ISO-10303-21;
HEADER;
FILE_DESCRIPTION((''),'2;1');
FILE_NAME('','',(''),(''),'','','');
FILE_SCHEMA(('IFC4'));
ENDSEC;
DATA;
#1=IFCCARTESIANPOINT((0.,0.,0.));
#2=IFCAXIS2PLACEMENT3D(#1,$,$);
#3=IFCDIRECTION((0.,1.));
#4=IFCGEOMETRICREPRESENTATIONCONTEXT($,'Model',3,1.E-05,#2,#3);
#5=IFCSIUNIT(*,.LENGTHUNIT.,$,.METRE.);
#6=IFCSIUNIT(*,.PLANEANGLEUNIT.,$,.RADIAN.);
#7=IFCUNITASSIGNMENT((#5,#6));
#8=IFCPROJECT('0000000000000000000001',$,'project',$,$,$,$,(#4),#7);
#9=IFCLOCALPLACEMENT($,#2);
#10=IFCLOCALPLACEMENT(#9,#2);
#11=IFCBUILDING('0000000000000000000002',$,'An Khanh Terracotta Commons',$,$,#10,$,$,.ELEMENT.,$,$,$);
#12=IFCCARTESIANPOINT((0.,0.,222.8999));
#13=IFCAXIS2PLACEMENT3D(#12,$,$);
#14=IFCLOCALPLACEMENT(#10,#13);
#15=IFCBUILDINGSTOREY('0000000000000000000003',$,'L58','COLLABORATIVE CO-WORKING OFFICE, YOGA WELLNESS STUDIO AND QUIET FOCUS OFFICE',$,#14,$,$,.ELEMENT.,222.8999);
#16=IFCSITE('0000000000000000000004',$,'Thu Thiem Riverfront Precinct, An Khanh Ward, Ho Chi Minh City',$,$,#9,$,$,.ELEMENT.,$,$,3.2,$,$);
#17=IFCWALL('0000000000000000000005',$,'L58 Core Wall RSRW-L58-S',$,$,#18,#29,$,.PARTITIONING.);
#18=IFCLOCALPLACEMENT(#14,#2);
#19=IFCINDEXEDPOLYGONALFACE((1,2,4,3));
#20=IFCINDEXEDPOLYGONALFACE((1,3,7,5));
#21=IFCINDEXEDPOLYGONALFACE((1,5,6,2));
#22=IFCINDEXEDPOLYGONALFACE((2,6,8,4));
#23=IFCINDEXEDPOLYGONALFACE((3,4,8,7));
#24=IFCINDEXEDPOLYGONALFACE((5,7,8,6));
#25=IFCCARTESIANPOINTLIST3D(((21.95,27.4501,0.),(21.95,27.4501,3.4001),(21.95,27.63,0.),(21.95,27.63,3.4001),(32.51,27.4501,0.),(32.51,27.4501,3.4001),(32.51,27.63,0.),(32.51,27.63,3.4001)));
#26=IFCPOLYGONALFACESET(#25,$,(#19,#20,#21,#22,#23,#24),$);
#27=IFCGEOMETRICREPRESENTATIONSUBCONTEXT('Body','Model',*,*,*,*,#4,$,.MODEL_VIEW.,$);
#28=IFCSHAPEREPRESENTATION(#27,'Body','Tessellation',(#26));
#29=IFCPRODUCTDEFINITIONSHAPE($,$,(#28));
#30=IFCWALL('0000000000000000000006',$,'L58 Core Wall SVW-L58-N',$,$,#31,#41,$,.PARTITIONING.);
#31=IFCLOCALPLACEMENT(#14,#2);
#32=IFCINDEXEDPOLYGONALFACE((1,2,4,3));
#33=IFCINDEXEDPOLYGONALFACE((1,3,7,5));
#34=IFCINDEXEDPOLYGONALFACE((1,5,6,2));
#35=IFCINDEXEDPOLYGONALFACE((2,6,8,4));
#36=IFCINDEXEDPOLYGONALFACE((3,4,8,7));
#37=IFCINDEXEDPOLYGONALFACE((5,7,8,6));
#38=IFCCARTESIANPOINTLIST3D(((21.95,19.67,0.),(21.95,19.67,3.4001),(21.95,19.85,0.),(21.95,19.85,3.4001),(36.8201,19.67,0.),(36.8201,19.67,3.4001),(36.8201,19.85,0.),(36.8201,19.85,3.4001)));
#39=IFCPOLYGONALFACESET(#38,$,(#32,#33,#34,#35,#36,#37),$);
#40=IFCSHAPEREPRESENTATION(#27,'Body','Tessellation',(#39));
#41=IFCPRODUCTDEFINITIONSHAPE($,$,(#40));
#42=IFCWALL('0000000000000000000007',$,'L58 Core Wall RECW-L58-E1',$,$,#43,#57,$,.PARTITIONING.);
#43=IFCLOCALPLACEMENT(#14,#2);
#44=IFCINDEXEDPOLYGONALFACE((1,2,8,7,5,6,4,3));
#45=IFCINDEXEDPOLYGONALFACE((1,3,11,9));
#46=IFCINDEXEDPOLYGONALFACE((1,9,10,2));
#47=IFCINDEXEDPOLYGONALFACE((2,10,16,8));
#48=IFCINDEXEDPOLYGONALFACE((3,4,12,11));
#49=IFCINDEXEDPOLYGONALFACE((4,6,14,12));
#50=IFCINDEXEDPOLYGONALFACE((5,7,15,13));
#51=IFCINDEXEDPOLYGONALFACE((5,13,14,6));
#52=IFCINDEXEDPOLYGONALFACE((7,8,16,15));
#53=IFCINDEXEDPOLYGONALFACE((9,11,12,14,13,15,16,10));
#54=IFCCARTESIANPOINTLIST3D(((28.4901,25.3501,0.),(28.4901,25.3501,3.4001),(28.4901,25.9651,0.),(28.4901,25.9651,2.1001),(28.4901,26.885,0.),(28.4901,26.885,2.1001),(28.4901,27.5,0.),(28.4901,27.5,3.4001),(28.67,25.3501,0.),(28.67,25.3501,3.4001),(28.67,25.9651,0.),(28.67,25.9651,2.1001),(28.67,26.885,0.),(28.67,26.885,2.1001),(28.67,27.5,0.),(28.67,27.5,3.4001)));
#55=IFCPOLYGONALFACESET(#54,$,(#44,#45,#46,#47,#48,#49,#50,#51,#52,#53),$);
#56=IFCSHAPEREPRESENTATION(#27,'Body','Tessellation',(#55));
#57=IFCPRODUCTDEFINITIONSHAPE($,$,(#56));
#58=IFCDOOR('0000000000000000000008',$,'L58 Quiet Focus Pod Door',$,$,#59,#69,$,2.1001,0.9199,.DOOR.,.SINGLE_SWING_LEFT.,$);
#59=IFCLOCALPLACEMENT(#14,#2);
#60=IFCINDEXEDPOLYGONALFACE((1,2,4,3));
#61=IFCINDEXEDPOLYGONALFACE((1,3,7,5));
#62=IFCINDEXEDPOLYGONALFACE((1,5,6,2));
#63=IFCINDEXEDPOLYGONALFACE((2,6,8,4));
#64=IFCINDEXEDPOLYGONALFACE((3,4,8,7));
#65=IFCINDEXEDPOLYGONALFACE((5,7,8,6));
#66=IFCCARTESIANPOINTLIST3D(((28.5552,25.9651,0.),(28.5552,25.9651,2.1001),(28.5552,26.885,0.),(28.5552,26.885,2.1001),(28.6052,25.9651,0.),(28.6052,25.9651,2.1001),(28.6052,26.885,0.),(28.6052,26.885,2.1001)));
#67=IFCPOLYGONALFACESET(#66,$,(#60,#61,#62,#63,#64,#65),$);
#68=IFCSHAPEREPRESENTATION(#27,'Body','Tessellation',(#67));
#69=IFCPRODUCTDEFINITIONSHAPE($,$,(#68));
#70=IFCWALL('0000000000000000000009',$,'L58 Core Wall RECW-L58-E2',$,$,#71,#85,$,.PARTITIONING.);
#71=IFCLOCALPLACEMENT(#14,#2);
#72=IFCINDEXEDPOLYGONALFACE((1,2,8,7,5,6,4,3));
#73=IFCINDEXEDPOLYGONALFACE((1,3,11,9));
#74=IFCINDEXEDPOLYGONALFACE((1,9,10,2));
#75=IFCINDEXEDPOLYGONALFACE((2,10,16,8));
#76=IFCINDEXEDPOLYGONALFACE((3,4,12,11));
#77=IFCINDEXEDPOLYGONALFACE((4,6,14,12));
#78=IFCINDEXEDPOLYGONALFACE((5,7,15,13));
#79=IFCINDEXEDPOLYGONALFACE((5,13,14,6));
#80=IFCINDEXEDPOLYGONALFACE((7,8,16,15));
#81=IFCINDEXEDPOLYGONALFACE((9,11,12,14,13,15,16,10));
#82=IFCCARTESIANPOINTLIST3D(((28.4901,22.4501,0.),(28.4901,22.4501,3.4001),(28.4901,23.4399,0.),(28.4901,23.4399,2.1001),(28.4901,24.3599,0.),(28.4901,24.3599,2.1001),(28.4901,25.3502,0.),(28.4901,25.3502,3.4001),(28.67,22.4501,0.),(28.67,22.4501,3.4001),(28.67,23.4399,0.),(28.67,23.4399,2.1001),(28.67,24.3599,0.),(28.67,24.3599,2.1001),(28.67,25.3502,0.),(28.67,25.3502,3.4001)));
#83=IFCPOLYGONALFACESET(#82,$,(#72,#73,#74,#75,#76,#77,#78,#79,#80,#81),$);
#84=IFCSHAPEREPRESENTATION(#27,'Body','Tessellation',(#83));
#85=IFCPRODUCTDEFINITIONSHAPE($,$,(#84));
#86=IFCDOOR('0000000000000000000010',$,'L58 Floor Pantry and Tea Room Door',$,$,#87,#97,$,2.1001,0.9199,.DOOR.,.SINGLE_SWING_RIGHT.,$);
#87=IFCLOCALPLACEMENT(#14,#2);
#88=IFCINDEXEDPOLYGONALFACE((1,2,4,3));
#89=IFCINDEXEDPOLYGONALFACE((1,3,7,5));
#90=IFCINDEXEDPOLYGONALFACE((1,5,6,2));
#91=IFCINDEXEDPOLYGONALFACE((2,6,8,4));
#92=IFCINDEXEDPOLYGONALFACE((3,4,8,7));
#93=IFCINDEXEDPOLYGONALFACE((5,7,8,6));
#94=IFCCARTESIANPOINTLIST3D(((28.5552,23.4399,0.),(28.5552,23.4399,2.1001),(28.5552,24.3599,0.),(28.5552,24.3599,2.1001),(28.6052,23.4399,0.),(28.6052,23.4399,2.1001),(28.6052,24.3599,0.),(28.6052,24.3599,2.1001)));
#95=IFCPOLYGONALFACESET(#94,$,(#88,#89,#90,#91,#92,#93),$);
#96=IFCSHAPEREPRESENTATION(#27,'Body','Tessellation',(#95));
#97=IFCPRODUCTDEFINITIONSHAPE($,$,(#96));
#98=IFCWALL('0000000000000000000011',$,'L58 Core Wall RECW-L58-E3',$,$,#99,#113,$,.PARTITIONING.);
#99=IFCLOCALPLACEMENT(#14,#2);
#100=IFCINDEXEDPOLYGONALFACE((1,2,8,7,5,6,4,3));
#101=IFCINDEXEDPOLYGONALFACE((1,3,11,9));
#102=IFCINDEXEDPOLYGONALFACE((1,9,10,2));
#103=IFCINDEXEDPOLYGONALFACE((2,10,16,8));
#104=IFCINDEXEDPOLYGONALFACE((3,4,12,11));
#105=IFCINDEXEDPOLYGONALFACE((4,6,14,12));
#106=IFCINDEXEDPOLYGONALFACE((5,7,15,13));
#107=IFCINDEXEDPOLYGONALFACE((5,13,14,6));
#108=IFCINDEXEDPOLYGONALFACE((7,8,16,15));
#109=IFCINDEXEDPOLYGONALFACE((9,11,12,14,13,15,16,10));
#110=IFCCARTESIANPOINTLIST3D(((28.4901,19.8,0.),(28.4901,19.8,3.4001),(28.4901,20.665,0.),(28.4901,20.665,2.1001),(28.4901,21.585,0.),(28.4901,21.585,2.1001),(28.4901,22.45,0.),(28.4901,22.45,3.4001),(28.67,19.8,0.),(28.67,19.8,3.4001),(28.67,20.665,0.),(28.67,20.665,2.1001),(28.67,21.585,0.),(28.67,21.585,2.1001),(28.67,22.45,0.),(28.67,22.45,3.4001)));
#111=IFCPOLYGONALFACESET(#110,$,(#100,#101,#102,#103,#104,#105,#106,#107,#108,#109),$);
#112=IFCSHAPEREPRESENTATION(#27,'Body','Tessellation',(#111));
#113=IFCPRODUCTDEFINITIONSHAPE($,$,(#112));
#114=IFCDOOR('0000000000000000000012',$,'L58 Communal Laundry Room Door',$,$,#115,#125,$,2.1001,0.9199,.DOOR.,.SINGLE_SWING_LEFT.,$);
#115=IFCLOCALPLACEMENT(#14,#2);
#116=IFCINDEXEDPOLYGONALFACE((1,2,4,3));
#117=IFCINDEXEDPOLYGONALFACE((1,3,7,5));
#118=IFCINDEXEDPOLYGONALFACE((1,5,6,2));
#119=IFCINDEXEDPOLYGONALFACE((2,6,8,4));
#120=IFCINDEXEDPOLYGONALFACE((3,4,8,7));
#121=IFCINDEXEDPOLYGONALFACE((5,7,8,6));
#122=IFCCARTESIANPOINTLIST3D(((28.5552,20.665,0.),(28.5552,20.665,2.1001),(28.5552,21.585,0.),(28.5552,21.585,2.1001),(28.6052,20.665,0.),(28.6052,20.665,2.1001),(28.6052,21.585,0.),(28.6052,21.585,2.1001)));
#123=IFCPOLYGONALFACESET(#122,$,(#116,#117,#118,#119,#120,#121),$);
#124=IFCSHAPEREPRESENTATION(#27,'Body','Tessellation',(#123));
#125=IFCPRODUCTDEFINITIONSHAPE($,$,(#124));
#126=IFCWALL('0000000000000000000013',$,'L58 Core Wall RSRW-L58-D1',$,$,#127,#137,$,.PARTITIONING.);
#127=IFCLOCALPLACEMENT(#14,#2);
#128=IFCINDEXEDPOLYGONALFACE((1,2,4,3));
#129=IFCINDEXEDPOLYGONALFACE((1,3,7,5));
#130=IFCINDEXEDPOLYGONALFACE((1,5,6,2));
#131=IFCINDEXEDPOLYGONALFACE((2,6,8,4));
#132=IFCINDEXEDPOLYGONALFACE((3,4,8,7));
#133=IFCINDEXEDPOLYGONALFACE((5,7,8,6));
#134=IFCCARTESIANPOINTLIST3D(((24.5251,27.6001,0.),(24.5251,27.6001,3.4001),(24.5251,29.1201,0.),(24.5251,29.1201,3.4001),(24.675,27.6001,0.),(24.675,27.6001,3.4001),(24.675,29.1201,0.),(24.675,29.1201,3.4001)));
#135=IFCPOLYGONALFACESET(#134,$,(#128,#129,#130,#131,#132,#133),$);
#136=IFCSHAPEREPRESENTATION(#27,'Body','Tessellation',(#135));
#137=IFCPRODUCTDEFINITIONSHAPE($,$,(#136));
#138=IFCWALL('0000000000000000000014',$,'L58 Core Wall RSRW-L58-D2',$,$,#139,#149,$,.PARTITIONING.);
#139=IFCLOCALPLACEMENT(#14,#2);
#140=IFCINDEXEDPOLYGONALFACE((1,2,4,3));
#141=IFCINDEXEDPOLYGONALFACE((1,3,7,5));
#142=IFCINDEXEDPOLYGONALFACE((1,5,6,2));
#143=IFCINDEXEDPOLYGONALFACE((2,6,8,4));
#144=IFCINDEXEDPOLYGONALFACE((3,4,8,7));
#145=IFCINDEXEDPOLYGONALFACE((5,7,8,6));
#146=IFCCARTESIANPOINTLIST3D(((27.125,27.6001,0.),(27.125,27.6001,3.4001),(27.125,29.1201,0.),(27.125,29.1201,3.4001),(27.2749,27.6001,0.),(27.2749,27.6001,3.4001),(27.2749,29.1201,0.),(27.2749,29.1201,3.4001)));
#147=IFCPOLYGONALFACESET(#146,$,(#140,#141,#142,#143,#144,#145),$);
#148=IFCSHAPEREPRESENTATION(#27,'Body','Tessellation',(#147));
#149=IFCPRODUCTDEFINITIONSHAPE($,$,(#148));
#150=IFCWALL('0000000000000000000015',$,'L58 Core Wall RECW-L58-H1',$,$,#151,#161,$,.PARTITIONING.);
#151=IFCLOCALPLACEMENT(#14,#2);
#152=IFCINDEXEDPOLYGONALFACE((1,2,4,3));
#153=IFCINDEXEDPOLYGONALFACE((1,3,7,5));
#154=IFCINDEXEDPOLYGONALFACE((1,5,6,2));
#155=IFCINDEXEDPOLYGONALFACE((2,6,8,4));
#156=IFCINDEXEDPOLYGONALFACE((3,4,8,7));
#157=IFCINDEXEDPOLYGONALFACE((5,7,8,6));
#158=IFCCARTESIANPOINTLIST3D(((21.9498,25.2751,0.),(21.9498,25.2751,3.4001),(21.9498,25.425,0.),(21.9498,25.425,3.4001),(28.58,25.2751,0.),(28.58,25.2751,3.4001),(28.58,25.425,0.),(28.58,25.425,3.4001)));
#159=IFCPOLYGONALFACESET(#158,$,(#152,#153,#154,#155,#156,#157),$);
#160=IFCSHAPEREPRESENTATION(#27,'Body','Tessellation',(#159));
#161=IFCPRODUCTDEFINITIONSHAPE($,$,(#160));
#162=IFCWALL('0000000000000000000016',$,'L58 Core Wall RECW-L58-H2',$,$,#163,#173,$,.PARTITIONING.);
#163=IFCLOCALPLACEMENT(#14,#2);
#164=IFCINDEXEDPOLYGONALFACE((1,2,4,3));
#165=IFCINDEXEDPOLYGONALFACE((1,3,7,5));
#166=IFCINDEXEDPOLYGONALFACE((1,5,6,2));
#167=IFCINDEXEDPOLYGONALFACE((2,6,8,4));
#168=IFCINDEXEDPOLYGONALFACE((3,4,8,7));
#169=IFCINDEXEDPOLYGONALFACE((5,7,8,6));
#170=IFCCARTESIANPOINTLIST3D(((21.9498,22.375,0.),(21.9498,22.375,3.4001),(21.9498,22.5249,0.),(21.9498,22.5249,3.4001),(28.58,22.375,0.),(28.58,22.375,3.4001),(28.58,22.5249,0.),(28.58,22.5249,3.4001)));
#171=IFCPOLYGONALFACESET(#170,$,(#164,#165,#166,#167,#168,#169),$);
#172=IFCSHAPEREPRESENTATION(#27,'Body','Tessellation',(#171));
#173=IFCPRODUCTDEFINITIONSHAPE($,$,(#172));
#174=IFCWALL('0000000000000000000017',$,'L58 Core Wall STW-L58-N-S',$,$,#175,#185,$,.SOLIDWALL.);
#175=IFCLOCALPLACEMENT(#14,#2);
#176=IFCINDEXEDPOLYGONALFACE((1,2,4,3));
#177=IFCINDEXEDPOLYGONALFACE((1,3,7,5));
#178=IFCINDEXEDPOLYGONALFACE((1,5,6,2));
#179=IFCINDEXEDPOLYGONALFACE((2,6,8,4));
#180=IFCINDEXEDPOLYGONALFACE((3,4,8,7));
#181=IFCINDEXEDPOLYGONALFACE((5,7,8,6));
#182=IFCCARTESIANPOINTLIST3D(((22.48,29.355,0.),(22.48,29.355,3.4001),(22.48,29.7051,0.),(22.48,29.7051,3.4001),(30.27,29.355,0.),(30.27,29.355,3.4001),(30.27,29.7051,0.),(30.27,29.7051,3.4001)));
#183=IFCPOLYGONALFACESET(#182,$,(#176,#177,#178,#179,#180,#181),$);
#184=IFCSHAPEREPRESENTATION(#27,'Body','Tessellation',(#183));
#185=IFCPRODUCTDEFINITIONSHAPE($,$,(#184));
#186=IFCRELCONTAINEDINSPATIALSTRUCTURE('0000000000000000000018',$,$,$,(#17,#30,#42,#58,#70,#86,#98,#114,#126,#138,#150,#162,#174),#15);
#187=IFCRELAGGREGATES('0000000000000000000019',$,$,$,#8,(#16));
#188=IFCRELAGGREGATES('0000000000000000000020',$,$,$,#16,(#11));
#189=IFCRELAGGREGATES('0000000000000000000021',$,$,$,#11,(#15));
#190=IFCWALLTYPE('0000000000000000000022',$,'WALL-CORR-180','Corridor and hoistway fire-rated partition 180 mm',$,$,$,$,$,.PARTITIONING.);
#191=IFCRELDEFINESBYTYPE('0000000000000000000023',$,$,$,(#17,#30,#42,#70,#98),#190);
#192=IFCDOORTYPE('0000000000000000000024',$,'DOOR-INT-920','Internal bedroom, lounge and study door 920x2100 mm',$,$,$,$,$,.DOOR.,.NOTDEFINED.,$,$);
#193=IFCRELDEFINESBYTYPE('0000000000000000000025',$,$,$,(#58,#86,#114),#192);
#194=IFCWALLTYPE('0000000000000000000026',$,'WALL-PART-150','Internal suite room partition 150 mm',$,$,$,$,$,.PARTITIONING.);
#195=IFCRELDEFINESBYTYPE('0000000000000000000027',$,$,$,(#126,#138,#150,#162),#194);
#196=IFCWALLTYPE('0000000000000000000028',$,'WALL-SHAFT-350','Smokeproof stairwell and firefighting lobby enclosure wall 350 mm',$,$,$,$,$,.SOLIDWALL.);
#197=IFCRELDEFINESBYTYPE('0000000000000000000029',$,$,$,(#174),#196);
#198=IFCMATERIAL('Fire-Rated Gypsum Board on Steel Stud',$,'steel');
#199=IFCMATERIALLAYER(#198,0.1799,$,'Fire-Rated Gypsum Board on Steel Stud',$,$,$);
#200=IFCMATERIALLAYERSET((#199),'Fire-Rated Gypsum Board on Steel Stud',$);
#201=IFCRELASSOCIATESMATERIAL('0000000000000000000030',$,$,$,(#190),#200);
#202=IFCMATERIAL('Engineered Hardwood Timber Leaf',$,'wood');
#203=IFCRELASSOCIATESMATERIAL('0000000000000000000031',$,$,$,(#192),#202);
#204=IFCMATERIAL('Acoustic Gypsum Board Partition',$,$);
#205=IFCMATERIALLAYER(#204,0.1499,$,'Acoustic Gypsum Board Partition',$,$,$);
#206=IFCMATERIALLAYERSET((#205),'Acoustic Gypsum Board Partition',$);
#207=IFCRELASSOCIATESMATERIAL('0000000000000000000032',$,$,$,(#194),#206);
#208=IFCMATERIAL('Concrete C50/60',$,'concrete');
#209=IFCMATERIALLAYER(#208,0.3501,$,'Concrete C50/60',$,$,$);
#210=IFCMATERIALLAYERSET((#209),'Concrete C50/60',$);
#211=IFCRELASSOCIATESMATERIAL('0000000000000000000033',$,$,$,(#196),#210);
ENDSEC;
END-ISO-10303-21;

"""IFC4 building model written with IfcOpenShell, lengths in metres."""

from ifc_helpers import new_model, si_unit, direction, frame, frame_2d, origin, place, context, subcontext, project, spatial, rectangle, extrude, material, layer, layer_set, type_object, element, fill, save


model = new_model("IFC4")

# Units and contexts
model_context = context("Model", 3, precision=1e-05, world=origin(), true_north=direction((0.0, 1.0)))
body_context = subcontext(model_context, "Body", "Model", "MODEL_VIEW")
ifc_project = project(units=[si_unit("LENGTHUNIT", "METRE"), si_unit("PLANEANGLEUNIT", "RADIAN")], contexts=[model_context])

# Site, building, storey
site_placement = place(None, origin())
site = spatial("IfcSite", under=ifc_project, at=site_placement, Name="Thu Thiem Riverfront Precinct, An Khanh Ward, Ho Chi Minh City", CompositionType="ELEMENT", RefElevation=3.2)
building_placement = place(site_placement, origin())
building = spatial("IfcBuilding", under=site, at=building_placement, Name="An Khanh Terracotta Commons", CompositionType="ELEMENT")
storey_placement = place(building_placement, frame((0.0, 0.0, 222.8999)))
storey = spatial("IfcBuildingStorey", under=building, at=storey_placement, Name="L58", Description="COLLABORATIVE CO-WORKING OFFICE, YOGA WELLNESS STUDIO AND QUIET FOCUS OFFICE", CompositionType="ELEMENT", Elevation=222.8999)

# Walls
ifc_material_1 = material(Name="Fire-Rated Gypsum Board on Steel Stud", Category="steel")
ifc_layer_1 = layer(ifc_material_1, 0.1799, Name="Fire-Rated Gypsum Board on Steel Stud")
ifc_layer_set_1 = layer_set([ifc_layer_1], Name="Fire-Rated Gypsum Board on Steel Stud")
wall_type_1 = type_object("IfcWallType", Name="WALL-CORR-180", Description="Corridor and hoistway fire-rated partition 180 mm", PredefinedType="PARTITIONING", material=ifc_layer_set_1)
wall_1_placement = place(storey_placement, frame((21.95, 27.54, 0.0), z_axis=(0.0, 0.0, 1.0), x_axis=(1.0, 0.0, 0.0)))
element("IfcWall", 1, at=wall_1_placement, inside=storey, type_object=wall_type_1, Name="L58 Core Wall RSRW-L58-S", PredefinedType="PARTITIONING", context=body_context, shape_type="SweptSolid", body=[
    extrude(rectangle(XDim=10.5601, YDim=0.1799, at=frame_2d((5.28, 0.0))), origin(), (0.0, 0.0, 1.0), 3.4001),
])
wall_2_placement = place(storey_placement, frame((21.95, 19.76, 0.0), z_axis=(0.0, 0.0, 1.0), x_axis=(1.0, 0.0, 0.0)))
element("IfcWall", 2, at=wall_2_placement, inside=storey, type_object=wall_type_1, Name="L58 Core Wall SVW-L58-N", PredefinedType="PARTITIONING", context=body_context, shape_type="SweptSolid", body=[
    extrude(rectangle(XDim=14.8701, YDim=0.1799, at=frame_2d((7.4351, 0.0))), origin(), (0.0, 0.0, 1.0), 3.4001),
])

# Walls, openings, doors
wall_3_placement = place(storey_placement, frame((28.5801, 25.3501, 0.0), z_axis=(0.0, 0.0, 1.0), x_axis=(0.0, 1.0, 0.0)))
wall_3 = element("IfcWall", 3, at=wall_3_placement, inside=storey, type_object=wall_type_1, Name="L58 Core Wall RECW-L58-E1", PredefinedType="PARTITIONING", context=body_context, shape_type="SweptSolid", body=[
    extrude(rectangle(XDim=2.1499, YDim=0.1799, at=frame_2d((1.075, 0.0))), origin(), (0.0, 0.0, 1.0), 3.4001),
])
opening_1_placement = place(wall_3_placement, frame((0.615, 0.0, 0.0)))
opening_1 = element("IfcOpeningElement", 4, at=opening_1_placement, cuts=wall_3, PredefinedType="OPENING", context=body_context, shape_type="SweptSolid", body=[
    extrude(rectangle(XDim=0.9199, YDim=2.1001, at=frame_2d((0.46, 1.05))), frame((0.0, 0.0999, 0.0), z_axis=(0.0, -1.0, 0.0), x_axis=(1.0, 0.0, 0.0)), (0.0, 0.0, 1.0), 0.2),
])
ifc_material_2 = material(Name="Engineered Hardwood Timber Leaf", Category="wood")
door_type = type_object("IfcDoorType", Name="DOOR-INT-920", Description="Internal bedroom, lounge and study door 920x2100 mm", OperationType="NOTDEFINED", PredefinedType="DOOR", material=ifc_material_2)
door_1_placement = place(opening_1_placement, origin())
door_1 = element("IfcDoor", 5, at=door_1_placement, inside=storey, type_object=door_type, Name="L58 Quiet Focus Pod Door", OperationType="SINGLE_SWING_LEFT", OverallHeight=2.1001, OverallWidth=0.9199, PredefinedType="DOOR", context=body_context, shape_type="SweptSolid", body=[
    extrude(rectangle(XDim=0.9199, YDim=2.1001, at=frame_2d((0.46, 1.05))), frame((0.0, 0.0249, 0.0), z_axis=(0.0, -1.0, 0.0), x_axis=(1.0, 0.0, 0.0)), (0.0, 0.0, 1.0), 0.05),
])
fill(opening_1, door_1)
wall_4_placement = place(storey_placement, frame((28.5801, 22.45, 0.0), z_axis=(0.0, 0.0, 1.0), x_axis=(0.0, 1.0, 0.0)))
wall_4 = element("IfcWall", 6, at=wall_4_placement, inside=storey, type_object=wall_type_1, Name="L58 Core Wall RECW-L58-E2", PredefinedType="PARTITIONING", context=body_context, shape_type="SweptSolid", body=[
    extrude(rectangle(XDim=2.9001, YDim=0.1799, at=frame_2d((1.4502, 0.0))), origin(), (0.0, 0.0, 1.0), 3.4001),
])
opening_2_placement = place(wall_4_placement, frame((0.99, 0.0, 0.0)))
opening_2 = element("IfcOpeningElement", 7, at=opening_2_placement, cuts=wall_4, PredefinedType="OPENING", context=body_context, shape_type="SweptSolid", body=[
    extrude(rectangle(XDim=0.9199, YDim=2.1001, at=frame_2d((0.46, 1.05))), frame((0.0, 0.0999, 0.0), z_axis=(0.0, -1.0, 0.0), x_axis=(1.0, 0.0, 0.0)), (0.0, 0.0, 1.0), 0.2),
])
door_2_placement = place(opening_2_placement, origin())
door_2 = element("IfcDoor", 8, at=door_2_placement, inside=storey, type_object=door_type, Name="L58 Floor Pantry and Tea Room Door", OperationType="SINGLE_SWING_RIGHT", OverallHeight=2.1001, OverallWidth=0.9199, PredefinedType="DOOR", context=body_context, shape_type="SweptSolid", body=[
    extrude(rectangle(XDim=0.9199, YDim=2.1001, at=frame_2d((0.46, 1.05))), frame((0.0, 0.0249, 0.0), z_axis=(0.0, -1.0, 0.0), x_axis=(1.0, 0.0, 0.0)), (0.0, 0.0, 1.0), 0.05),
])
fill(opening_2, door_2)
wall_5_placement = place(storey_placement, frame((28.5801, 19.8, 0.0), z_axis=(0.0, 0.0, 1.0), x_axis=(0.0, 1.0, 0.0)))
wall_5 = element("IfcWall", 9, at=wall_5_placement, inside=storey, type_object=wall_type_1, Name="L58 Core Wall RECW-L58-E3", PredefinedType="PARTITIONING", context=body_context, shape_type="SweptSolid", body=[
    extrude(rectangle(XDim=2.6499, YDim=0.1799, at=frame_2d((1.325, 0.0))), origin(), (0.0, 0.0, 1.0), 3.4001),
])
opening_3_placement = place(wall_5_placement, frame((0.865, 0.0, 0.0)))
opening_3 = element("IfcOpeningElement", 10, at=opening_3_placement, cuts=wall_5, PredefinedType="OPENING", context=body_context, shape_type="SweptSolid", body=[
    extrude(rectangle(XDim=0.9199, YDim=2.1001, at=frame_2d((0.46, 1.05))), frame((0.0, 0.0999, 0.0), z_axis=(0.0, -1.0, 0.0), x_axis=(1.0, 0.0, 0.0)), (0.0, 0.0, 1.0), 0.2),
])
door_3_placement = place(opening_3_placement, origin())
door_3 = element("IfcDoor", 11, at=door_3_placement, inside=storey, type_object=door_type, Name="L58 Communal Laundry Room Door", OperationType="SINGLE_SWING_LEFT", OverallHeight=2.1001, OverallWidth=0.9199, PredefinedType="DOOR", context=body_context, shape_type="SweptSolid", body=[
    extrude(rectangle(XDim=0.9199, YDim=2.1001, at=frame_2d((0.46, 1.05))), frame((0.0, 0.0249, 0.0), z_axis=(0.0, -1.0, 0.0), x_axis=(1.0, 0.0, 0.0)), (0.0, 0.0, 1.0), 0.05),
])
fill(opening_3, door_3)

# Walls
ifc_material_3 = material(Name="Acoustic Gypsum Board Partition")
ifc_layer_2 = layer(ifc_material_3, 0.1499, Name="Acoustic Gypsum Board Partition")
ifc_layer_set_2 = layer_set([ifc_layer_2], Name="Acoustic Gypsum Board Partition")
wall_type_2 = type_object("IfcWallType", Name="WALL-PART-150", Description="Internal suite room partition 150 mm", PredefinedType="PARTITIONING", material=ifc_layer_set_2)
for number, where, z_axis, x_axis, name in (
    (12, (24.6001, 27.6001, 0.0), (0.0, 0.0, 1.0), (0.0, 1.0, 0.0), "L58 Core Wall RSRW-L58-D1"),
    (13, (27.2, 27.6001, 0.0), (0.0, 0.0, 1.0), (0.0, 1.0, 0.0), "L58 Core Wall RSRW-L58-D2"),
):
    element("IfcWall", number, at=place(storey_placement, frame(where, z_axis=z_axis, x_axis=x_axis)), inside=storey, type_object=wall_type_2, Name=name, PredefinedType="PARTITIONING", context=body_context, shape_type="SweptSolid", body=[
        extrude(rectangle(XDim=1.52, YDim=0.1499, at=frame_2d((0.76, 0.0))), origin(), (0.0, 0.0, 1.0), 3.4001),
    ])
for number, where, z_axis, x_axis, name in (
    (14, (21.95, 25.3501, 0.0), (0.0, 0.0, 1.0), (1.0, 0.0, 0.0), "L58 Core Wall RECW-L58-H1"),
    (15, (21.95, 22.45, 0.0), (0.0, 0.0, 1.0), (1.0, 0.0, 0.0), "L58 Core Wall RECW-L58-H2"),
):
    element("IfcWall", number, at=place(storey_placement, frame(where, z_axis=z_axis, x_axis=x_axis)), inside=storey, type_object=wall_type_2, Name=name, PredefinedType="PARTITIONING", context=body_context, shape_type="SweptSolid", body=[
        extrude(rectangle(XDim=6.6301, YDim=0.1499, at=frame_2d((3.3149, 0.0))), origin(), (0.0, 0.0, 1.0), 3.4001),
    ])
ifc_material_4 = material(Name="Concrete C50/60", Category="concrete")
ifc_layer_3 = layer(ifc_material_4, 0.3501, Name="Concrete C50/60")
ifc_layer_set_3 = layer_set([ifc_layer_3], Name="Concrete C50/60")
wall_type_3 = type_object("IfcWallType", Name="WALL-SHAFT-350", Description="Smokeproof stairwell and firefighting lobby enclosure wall 350 mm", PredefinedType="SOLIDWALL", material=ifc_layer_set_3)
wall_6_placement = place(storey_placement, frame((22.48, 29.53, 0.0), z_axis=(0.0, 0.0, 1.0), x_axis=(1.0, 0.0, 0.0)))
element("IfcWall", 16, at=wall_6_placement, inside=storey, type_object=wall_type_3, Name="L58 Core Wall STW-L58-N-S", PredefinedType="SOLIDWALL", context=body_context, shape_type="SweptSolid", body=[
    extrude(rectangle(XDim=7.79, YDim=0.3501, at=frame_2d((3.895, 0.0))), origin(), (0.0, 0.0, 1.0), 3.4001),
])

save(model, "model.ifc")
